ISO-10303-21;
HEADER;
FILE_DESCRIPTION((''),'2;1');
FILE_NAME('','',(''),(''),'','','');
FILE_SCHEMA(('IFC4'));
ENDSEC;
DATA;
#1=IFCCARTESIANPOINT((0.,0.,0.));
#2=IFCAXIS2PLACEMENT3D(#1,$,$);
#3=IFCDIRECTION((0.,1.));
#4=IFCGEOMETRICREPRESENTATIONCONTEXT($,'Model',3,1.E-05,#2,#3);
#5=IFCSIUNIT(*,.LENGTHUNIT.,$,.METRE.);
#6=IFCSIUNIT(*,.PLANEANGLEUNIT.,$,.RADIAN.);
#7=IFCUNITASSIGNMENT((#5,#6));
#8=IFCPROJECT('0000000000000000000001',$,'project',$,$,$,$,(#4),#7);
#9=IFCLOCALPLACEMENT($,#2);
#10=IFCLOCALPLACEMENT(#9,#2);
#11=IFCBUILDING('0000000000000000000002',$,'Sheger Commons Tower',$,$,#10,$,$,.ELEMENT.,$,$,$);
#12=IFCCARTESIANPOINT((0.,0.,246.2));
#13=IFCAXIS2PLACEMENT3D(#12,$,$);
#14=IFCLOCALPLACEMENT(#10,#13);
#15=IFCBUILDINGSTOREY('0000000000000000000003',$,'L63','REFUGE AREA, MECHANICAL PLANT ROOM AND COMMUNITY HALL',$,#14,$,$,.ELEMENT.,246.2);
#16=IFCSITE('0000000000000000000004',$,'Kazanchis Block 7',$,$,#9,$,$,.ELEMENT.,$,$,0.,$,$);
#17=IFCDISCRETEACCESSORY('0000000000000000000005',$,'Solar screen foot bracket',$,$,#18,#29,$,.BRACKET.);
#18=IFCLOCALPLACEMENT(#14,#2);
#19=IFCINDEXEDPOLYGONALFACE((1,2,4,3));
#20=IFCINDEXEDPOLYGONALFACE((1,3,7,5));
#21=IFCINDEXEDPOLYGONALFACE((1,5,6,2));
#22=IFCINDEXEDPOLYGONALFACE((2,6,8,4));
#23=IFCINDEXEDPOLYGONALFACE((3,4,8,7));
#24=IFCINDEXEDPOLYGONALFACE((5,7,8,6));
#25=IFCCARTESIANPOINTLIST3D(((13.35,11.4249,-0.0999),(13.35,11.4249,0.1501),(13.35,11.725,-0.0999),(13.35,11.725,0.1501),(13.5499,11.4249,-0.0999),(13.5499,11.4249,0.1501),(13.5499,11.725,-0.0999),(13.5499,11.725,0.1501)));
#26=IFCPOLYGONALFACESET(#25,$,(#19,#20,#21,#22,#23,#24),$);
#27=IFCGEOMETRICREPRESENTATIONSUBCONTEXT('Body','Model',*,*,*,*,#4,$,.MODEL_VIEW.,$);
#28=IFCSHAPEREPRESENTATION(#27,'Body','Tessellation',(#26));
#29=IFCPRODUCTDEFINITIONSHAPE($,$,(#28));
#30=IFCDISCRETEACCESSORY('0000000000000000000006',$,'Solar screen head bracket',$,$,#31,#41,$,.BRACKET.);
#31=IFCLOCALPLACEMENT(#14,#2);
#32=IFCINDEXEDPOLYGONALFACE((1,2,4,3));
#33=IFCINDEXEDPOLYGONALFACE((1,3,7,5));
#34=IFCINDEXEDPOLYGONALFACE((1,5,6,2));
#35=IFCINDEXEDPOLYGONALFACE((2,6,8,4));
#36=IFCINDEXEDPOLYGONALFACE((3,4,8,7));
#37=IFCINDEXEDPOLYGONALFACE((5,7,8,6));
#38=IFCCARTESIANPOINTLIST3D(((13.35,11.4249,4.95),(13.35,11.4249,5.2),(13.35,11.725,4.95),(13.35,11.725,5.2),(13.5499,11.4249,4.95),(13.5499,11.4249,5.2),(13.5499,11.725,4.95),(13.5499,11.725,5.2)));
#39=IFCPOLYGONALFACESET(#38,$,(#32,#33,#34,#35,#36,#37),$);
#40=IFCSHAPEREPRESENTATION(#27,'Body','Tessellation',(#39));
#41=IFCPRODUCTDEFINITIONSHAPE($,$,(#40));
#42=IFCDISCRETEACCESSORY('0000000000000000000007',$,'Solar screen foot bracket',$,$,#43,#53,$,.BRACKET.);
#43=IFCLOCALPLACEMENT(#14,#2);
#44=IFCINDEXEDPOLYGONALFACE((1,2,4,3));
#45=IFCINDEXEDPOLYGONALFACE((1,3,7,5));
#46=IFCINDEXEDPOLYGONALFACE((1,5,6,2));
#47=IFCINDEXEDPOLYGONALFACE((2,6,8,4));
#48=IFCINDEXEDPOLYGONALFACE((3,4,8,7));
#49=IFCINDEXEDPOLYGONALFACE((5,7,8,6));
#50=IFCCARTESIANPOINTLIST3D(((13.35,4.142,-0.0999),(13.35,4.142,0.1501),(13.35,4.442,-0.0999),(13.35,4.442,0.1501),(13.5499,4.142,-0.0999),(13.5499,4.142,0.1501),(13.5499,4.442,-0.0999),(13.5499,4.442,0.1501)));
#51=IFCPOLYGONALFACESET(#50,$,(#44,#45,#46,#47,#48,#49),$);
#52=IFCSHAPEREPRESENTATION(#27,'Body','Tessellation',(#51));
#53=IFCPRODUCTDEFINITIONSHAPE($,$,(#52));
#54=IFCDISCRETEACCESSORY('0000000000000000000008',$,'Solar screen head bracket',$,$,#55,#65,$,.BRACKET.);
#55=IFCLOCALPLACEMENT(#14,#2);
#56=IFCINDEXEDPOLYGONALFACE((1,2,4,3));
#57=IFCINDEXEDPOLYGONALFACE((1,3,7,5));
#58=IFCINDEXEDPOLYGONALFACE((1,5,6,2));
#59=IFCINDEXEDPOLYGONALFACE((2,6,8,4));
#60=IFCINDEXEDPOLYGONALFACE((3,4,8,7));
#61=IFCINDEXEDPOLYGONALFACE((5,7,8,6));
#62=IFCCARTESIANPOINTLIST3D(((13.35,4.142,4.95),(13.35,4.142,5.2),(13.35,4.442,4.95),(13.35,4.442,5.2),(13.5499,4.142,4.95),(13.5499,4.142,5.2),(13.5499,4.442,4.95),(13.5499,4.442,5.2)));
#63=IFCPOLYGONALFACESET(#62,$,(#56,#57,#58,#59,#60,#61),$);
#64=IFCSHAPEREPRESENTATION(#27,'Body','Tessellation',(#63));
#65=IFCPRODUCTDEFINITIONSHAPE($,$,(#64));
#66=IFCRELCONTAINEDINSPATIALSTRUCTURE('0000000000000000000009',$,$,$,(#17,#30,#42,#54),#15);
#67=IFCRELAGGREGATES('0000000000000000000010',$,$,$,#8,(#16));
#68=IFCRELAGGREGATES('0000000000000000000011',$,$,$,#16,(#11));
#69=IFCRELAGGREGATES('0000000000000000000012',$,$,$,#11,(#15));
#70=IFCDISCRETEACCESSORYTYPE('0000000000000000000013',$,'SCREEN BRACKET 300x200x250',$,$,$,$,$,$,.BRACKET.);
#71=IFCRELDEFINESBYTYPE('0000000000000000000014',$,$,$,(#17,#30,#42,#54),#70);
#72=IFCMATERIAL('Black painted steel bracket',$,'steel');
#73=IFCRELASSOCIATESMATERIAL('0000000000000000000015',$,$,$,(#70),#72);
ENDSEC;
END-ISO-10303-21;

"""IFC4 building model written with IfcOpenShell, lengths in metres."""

from ifc_helpers import new_model, si_unit, direction, frame, origin, origin_2d, place, context, subcontext, project, spatial, rectangle, extrude, material, type_object, element, save


model = new_model("IFC4")

# Units and contexts
model_context = context("Model", 3, precision=1e-05, world=origin(), true_north=direction((0.0, 1.0)))
body_context = subcontext(model_context, "Body", "Model", "MODEL_VIEW")
ifc_project = project(units=[si_unit("LENGTHUNIT", "METRE"), si_unit("PLANEANGLEUNIT", "RADIAN")], contexts=[model_context])

# Site, building, storey
site_placement = place(None, origin())
site = spatial("IfcSite", under=ifc_project, at=site_placement, Name="Kazanchis Block 7", CompositionType="ELEMENT", RefElevation=0.0)
building_placement = place(site_placement, origin())
building = spatial("IfcBuilding", under=site, at=building_placement, Name="Sheger Commons Tower", CompositionType="ELEMENT")
storey_placement = place(building_placement, frame((0.0, 0.0, 246.2)))
storey = spatial("IfcBuildingStorey", under=building, at=storey_placement, Name="L63", Description="REFUGE AREA, MECHANICAL PLANT ROOM AND COMMUNITY HALL", CompositionType="ELEMENT", Elevation=246.2)

# Discrete accessories
ifc_material_1 = material(Name="Black painted steel bracket", Category="steel")
discrete_accessory_type = type_object("IfcDiscreteAccessoryType", Name="SCREEN BRACKET 300x200x250", PredefinedType="BRACKET", material=ifc_material_1)
for number, where, z_axis, x_axis, name in (
    (1, (13.45, 11.575, -0.0999), (0.0, 0.0, 1.0), (0.0, -1.0, 0.0), "Solar screen foot bracket"),
    (2, (13.45, 11.575, 4.95), (0.0, 0.0, 1.0), (0.0, -1.0, 0.0), "Solar screen head bracket"),
    (3, (13.45, 4.292, -0.0999), (0.0, 0.0, 1.0), (0.0, -1.0, 0.0), "Solar screen foot bracket"),
    (4, (13.45, 4.292, 4.95), (0.0, 0.0, 1.0), (0.0, -1.0, 0.0), "Solar screen head bracket"),
):
    element("IfcDiscreteAccessory", number, at=place(storey_placement, frame(where, z_axis=z_axis, x_axis=x_axis)), inside=storey, type_object=discrete_accessory_type, Name=name, PredefinedType="BRACKET", context=body_context, shape_type="SweptSolid", body=[
        extrude(rectangle(XDim=0.3, YDim=0.2, at=origin_2d()), origin(), (0.0, 0.0, 1.0), 0.25),
    ])

save(model, "model.ifc")
